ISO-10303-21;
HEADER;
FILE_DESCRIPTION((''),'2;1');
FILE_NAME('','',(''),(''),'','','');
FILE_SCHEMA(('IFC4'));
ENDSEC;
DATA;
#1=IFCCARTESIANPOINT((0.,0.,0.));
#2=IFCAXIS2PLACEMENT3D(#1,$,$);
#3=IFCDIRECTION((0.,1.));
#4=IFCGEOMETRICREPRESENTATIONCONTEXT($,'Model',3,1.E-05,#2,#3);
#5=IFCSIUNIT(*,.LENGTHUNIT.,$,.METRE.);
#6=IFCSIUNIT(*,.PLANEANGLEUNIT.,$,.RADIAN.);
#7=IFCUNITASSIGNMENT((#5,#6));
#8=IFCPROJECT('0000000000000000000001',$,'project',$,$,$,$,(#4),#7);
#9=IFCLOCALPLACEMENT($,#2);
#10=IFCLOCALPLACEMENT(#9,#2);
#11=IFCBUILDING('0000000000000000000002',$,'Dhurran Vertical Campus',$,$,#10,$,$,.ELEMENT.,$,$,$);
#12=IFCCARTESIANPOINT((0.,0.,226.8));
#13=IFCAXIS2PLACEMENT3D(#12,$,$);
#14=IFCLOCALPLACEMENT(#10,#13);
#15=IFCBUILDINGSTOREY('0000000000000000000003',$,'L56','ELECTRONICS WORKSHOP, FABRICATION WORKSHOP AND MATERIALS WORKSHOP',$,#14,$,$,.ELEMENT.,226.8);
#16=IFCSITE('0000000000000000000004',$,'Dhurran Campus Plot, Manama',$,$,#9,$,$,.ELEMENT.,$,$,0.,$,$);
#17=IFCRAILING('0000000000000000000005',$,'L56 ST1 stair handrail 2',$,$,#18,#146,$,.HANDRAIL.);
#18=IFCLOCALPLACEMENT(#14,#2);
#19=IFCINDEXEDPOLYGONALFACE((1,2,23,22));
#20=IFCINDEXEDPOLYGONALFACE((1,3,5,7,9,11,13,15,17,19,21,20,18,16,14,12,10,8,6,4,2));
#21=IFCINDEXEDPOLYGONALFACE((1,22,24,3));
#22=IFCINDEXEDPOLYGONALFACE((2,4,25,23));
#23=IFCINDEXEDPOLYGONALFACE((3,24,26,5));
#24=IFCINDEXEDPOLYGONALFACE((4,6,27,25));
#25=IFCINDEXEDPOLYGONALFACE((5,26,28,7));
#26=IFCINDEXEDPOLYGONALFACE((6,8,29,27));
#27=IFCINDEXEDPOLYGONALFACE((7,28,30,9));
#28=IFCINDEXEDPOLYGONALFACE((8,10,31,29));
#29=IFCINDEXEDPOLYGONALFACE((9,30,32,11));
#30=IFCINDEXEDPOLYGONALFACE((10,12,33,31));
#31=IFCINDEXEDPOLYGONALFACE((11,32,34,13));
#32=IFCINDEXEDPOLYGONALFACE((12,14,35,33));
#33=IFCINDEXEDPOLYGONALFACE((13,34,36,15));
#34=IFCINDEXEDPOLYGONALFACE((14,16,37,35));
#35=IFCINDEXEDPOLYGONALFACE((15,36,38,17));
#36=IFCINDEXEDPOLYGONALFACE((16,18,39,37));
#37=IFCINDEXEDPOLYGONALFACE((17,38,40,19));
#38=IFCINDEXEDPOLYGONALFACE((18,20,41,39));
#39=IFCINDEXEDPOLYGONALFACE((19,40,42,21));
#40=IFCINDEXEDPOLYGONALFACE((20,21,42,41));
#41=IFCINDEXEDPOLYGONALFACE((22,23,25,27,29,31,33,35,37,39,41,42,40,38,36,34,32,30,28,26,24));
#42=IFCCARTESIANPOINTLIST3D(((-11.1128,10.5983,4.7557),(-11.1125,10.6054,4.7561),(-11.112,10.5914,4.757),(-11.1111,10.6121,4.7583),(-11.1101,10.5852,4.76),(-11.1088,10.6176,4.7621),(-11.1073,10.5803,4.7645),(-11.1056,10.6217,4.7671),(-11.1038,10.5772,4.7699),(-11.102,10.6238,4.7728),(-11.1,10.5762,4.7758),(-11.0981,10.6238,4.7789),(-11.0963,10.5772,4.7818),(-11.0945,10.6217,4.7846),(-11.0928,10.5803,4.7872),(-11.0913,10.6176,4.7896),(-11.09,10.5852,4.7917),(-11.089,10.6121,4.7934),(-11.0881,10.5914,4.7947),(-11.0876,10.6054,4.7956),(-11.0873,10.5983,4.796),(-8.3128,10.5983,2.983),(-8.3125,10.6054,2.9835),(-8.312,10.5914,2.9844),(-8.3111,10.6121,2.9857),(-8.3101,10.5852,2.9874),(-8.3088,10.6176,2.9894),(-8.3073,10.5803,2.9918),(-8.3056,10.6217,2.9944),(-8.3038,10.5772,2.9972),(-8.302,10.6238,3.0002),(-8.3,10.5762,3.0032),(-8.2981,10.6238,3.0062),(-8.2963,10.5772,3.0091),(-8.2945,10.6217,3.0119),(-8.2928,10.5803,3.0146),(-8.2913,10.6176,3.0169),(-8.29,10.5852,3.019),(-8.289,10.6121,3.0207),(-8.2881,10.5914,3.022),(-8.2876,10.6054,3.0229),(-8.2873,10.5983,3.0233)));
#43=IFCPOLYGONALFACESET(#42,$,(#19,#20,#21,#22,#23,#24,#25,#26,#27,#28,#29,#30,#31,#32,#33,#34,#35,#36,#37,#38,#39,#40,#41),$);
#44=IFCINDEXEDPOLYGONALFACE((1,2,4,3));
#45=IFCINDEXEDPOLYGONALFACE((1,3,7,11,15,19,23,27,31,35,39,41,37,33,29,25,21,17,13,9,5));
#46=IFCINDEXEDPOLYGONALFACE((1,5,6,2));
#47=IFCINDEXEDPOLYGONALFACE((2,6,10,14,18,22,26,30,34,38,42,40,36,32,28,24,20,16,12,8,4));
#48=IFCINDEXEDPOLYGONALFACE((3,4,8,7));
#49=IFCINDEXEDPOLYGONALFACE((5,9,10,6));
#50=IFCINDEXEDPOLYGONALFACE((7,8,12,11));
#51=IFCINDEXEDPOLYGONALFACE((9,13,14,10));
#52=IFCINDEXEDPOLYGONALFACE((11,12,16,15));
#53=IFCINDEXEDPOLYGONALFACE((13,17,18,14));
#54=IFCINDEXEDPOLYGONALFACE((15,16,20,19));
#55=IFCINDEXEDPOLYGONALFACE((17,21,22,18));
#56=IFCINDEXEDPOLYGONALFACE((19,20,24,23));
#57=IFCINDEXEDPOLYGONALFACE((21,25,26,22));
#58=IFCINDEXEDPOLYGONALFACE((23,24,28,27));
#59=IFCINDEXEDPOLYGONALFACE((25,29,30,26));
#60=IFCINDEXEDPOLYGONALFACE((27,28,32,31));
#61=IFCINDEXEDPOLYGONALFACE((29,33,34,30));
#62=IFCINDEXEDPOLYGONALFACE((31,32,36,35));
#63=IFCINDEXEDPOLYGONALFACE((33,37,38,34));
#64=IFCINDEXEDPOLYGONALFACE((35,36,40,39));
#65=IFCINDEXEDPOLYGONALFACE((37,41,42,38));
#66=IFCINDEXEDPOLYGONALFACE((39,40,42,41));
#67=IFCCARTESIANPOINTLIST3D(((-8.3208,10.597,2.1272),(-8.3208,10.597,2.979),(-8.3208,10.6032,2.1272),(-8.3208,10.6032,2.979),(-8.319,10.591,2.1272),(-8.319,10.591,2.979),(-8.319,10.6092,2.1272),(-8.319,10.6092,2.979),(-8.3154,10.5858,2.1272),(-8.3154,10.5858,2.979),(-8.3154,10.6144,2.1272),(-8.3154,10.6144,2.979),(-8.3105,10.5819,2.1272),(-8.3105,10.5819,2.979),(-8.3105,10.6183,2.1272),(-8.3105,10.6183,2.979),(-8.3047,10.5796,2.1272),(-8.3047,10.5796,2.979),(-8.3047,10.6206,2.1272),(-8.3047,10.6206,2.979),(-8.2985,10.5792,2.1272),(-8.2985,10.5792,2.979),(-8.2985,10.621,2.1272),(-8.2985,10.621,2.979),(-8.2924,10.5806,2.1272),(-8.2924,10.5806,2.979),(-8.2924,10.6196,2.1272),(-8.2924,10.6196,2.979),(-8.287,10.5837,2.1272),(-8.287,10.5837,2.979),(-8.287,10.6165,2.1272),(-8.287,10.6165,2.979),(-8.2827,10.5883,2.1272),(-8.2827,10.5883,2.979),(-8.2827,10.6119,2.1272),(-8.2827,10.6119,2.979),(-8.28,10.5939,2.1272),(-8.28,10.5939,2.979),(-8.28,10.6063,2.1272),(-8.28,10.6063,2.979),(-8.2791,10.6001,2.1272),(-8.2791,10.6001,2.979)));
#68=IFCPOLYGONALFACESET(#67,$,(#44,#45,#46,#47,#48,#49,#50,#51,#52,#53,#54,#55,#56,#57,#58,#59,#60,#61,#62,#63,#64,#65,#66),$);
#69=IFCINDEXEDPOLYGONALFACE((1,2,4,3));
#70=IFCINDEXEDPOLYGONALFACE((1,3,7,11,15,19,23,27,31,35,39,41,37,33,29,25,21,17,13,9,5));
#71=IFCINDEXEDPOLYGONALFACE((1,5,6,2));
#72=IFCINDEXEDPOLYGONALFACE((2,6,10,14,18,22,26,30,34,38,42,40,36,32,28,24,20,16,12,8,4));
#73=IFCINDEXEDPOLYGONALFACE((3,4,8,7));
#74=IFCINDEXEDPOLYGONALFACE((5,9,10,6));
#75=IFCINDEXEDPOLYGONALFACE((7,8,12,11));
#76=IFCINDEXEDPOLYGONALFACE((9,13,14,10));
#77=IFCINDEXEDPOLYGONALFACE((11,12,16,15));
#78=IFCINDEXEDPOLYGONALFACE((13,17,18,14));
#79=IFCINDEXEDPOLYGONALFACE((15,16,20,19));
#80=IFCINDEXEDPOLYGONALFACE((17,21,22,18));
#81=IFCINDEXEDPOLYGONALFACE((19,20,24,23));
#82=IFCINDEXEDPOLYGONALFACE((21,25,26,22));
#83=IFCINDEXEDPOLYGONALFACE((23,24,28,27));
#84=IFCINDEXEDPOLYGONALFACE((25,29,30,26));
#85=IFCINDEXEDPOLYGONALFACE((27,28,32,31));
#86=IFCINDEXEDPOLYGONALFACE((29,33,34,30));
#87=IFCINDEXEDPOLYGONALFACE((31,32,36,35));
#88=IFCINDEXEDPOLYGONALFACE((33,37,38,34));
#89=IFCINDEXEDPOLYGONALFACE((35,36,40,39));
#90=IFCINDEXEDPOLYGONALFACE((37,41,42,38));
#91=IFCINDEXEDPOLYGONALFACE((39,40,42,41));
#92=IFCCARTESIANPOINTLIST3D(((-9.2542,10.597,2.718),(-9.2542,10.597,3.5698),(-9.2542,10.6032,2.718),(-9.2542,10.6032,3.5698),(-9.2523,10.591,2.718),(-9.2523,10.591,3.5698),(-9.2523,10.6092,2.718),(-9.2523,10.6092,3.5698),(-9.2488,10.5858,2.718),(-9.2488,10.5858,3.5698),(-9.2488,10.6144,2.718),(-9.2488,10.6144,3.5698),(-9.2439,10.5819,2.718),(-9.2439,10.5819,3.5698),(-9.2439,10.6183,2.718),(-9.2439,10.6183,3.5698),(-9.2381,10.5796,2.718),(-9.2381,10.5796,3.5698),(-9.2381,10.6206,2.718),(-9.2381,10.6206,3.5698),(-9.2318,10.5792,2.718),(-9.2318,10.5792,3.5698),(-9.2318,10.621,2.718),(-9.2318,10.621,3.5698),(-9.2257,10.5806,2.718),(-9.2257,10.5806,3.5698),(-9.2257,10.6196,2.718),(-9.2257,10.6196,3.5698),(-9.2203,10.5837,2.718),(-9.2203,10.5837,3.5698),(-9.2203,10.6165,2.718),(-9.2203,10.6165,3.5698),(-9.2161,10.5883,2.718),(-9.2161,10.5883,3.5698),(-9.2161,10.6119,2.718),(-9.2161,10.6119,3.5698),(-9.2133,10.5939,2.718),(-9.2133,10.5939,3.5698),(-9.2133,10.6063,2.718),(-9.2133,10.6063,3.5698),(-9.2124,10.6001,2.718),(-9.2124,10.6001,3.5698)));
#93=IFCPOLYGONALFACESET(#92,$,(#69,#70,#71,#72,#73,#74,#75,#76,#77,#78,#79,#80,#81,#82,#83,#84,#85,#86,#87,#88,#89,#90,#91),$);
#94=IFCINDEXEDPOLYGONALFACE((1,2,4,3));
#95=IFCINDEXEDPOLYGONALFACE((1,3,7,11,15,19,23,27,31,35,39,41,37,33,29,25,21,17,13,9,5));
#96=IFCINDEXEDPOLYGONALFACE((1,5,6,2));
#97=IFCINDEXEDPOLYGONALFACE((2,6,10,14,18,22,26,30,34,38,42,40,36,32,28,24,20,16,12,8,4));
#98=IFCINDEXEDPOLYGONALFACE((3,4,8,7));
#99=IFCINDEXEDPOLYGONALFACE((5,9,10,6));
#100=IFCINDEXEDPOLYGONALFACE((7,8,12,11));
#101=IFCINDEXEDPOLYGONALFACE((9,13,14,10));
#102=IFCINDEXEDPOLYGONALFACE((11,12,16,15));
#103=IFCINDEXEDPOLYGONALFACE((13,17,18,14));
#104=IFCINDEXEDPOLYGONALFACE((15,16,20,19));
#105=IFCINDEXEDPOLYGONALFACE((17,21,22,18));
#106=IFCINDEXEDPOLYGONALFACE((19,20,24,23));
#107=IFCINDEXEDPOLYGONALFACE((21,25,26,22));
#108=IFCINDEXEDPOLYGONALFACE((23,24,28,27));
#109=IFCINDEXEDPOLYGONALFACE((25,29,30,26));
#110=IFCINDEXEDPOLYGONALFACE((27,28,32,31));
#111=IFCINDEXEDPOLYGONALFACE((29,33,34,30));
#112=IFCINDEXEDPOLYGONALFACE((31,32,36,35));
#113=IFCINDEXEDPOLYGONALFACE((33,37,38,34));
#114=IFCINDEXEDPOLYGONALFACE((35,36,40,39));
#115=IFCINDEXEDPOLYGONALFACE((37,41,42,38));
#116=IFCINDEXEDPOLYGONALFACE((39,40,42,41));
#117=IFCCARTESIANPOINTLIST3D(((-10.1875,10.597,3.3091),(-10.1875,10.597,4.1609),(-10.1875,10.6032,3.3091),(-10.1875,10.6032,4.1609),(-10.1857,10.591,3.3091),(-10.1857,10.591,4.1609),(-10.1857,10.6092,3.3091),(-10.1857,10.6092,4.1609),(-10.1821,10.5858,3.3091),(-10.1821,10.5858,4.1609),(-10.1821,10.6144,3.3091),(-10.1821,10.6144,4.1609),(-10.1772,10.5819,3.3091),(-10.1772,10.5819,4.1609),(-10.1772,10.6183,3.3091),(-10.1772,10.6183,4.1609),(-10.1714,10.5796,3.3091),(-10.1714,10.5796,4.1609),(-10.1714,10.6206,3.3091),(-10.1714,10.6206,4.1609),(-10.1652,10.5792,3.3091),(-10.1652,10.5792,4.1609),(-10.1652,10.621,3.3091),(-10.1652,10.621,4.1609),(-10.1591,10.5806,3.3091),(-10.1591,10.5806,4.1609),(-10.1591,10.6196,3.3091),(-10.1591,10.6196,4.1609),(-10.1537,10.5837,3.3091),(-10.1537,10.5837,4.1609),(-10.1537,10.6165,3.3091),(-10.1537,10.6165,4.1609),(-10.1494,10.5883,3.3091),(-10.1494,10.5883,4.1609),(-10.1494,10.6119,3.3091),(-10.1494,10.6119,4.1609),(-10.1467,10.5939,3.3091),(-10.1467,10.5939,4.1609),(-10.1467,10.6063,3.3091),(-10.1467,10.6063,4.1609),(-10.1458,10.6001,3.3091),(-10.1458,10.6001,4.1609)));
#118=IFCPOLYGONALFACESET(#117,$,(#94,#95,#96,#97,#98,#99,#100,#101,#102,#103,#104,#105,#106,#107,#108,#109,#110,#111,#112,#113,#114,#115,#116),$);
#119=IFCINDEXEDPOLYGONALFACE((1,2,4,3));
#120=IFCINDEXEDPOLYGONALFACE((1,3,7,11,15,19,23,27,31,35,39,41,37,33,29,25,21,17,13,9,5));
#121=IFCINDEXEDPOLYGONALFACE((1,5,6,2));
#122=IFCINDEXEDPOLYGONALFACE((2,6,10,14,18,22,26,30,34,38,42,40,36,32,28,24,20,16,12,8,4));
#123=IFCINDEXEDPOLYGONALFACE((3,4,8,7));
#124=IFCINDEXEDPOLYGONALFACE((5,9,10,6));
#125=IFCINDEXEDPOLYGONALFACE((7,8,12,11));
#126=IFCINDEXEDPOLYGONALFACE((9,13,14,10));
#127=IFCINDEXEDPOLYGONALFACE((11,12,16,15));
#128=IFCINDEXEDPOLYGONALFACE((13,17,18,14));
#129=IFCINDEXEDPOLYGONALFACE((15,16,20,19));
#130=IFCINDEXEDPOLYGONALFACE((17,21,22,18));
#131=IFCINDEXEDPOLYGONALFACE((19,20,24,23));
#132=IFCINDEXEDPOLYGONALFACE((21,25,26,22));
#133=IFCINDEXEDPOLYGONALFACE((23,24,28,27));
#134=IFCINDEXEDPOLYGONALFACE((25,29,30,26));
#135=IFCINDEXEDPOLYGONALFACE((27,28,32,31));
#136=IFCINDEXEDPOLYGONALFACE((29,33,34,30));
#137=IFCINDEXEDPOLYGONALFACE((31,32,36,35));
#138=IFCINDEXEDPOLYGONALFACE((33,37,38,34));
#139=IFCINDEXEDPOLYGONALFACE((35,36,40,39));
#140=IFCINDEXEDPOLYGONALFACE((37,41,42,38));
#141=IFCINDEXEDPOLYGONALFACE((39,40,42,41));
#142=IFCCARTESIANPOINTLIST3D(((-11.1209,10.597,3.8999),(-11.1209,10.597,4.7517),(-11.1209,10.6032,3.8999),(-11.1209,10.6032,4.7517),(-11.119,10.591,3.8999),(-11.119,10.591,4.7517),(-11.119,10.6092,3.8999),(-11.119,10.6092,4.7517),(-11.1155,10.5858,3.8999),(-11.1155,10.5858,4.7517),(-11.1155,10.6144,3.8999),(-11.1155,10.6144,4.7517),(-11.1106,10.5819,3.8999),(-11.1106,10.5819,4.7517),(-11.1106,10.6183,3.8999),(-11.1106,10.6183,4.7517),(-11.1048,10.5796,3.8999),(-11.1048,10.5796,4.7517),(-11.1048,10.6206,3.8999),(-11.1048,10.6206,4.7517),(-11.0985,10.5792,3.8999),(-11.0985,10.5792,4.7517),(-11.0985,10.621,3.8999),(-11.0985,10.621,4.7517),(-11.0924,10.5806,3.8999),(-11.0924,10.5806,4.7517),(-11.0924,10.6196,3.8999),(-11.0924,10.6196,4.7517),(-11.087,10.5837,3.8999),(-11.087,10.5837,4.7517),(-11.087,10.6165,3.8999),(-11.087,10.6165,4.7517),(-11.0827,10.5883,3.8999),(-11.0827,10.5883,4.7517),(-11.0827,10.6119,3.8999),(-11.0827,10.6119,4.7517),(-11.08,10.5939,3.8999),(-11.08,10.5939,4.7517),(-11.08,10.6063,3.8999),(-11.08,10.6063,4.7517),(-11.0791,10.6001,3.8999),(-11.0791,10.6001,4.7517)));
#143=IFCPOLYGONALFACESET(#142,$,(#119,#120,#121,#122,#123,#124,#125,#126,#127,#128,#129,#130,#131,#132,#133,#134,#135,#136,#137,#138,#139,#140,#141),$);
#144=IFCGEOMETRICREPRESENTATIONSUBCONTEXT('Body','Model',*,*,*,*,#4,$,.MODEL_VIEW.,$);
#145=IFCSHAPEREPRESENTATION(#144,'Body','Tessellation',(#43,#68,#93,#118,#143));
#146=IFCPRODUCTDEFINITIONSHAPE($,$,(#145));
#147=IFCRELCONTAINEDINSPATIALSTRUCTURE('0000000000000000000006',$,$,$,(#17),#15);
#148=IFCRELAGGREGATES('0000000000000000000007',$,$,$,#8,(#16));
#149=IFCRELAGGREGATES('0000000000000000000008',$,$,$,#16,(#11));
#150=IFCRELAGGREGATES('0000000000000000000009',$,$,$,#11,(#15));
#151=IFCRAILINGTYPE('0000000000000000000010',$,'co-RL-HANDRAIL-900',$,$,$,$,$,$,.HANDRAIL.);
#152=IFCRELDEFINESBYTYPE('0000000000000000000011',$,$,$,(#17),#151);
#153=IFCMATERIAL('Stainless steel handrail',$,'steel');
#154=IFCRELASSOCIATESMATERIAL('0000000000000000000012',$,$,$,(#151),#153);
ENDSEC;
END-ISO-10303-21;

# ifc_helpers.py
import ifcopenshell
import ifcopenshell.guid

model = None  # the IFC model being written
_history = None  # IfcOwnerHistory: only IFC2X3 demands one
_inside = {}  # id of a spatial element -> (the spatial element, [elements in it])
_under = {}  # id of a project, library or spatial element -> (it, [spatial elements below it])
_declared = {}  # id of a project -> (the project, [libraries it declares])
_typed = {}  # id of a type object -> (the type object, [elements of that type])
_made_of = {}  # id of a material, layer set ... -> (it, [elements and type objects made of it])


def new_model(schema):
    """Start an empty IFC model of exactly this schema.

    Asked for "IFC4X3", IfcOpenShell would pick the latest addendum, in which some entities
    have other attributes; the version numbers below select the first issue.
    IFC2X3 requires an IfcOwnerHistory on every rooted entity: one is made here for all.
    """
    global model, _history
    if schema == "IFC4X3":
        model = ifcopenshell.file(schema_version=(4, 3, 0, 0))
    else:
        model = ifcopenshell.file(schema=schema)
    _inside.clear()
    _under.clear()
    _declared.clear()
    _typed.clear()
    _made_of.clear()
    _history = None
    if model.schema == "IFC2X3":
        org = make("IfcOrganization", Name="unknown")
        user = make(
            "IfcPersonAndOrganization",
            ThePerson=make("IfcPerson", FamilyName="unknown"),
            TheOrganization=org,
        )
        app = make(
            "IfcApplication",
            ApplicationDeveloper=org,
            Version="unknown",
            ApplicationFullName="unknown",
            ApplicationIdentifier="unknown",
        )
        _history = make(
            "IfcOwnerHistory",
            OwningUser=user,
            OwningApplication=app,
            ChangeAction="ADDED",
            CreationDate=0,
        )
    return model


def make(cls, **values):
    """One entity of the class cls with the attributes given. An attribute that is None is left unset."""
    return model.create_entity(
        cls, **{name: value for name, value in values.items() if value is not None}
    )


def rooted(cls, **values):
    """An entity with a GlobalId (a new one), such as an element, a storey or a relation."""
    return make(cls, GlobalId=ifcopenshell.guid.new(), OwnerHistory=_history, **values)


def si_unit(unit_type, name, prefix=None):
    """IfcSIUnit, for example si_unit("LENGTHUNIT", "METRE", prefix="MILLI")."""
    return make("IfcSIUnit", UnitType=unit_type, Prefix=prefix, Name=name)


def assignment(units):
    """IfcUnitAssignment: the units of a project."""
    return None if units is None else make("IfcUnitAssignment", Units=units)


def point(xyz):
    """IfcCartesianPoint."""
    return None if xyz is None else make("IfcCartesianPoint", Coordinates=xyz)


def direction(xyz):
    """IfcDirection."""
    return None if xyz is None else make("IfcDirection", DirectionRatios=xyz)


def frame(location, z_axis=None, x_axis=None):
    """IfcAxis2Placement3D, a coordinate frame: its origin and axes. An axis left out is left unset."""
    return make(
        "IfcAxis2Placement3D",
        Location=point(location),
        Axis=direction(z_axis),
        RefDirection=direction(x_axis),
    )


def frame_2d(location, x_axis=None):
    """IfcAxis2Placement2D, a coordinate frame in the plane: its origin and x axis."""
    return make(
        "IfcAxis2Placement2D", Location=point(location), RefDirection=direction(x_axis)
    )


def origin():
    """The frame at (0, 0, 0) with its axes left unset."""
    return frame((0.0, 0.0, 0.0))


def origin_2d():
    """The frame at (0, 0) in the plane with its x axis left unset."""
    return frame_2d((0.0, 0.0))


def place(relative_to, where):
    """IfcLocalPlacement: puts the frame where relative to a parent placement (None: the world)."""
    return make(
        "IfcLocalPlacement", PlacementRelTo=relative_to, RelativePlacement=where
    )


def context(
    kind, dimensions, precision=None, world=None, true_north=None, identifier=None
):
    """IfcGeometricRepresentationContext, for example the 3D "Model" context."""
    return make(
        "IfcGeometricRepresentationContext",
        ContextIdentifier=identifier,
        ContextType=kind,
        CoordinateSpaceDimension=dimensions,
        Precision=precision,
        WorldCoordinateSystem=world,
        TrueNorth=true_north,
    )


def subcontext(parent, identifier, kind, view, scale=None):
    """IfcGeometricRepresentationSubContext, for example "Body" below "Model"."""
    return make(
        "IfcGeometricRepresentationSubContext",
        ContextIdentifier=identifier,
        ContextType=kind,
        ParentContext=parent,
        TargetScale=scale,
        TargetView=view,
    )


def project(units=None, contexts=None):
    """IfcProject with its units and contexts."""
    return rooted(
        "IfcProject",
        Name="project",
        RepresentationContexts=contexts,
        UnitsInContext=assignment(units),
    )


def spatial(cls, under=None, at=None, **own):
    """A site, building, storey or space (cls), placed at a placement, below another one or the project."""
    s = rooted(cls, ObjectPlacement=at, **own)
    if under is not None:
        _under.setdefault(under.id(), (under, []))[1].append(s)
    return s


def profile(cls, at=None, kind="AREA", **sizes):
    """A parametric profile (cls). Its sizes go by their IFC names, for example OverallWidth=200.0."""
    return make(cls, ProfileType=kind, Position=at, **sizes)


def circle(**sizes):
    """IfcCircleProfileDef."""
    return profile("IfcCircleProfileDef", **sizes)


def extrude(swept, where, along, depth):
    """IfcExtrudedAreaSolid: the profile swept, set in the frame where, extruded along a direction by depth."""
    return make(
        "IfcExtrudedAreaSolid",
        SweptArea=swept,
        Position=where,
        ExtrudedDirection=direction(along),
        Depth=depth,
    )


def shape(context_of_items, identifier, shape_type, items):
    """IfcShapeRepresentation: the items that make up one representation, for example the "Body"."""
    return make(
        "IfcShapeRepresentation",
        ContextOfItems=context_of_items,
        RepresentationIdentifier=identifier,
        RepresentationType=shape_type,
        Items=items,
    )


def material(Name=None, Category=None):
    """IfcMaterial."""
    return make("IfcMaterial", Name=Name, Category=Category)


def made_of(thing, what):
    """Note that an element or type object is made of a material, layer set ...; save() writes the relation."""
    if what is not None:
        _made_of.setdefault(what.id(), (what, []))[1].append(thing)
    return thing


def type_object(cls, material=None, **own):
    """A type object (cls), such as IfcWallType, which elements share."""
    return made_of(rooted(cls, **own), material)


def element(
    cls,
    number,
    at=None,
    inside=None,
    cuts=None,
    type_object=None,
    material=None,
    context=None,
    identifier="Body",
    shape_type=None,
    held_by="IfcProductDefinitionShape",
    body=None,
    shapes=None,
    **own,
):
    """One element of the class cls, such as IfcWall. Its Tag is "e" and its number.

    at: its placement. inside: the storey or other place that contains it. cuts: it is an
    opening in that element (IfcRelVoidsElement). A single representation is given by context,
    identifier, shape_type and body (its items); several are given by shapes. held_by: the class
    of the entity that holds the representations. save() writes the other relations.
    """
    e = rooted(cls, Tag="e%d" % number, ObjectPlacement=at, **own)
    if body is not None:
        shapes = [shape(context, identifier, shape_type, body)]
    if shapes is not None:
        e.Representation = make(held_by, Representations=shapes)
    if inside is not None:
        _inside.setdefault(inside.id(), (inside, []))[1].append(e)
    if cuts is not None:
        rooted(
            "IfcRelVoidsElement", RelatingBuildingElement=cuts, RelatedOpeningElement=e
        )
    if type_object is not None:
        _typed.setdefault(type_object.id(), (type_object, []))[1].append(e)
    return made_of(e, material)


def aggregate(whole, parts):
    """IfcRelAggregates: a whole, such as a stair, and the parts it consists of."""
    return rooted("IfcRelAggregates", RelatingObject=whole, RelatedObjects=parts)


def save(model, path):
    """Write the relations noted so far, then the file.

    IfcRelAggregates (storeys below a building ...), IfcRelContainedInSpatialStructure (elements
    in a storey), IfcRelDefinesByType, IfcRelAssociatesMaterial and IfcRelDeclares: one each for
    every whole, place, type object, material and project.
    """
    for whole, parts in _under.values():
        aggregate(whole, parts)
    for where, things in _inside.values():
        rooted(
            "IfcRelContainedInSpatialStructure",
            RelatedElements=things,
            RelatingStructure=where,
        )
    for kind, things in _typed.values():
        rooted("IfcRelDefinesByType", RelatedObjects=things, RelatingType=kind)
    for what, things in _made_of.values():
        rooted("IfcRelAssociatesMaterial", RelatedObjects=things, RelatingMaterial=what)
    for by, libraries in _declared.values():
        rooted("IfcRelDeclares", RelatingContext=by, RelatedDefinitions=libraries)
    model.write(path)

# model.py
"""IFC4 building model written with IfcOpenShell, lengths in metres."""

from ifc_helpers import new_model, si_unit, direction, frame, origin, origin_2d, place, context, subcontext, project, spatial, circle, extrude, material, type_object, element, save


model = new_model("IFC4")

# Units and contexts
model_context = context("Model", 3, precision=1e-05, world=origin(), true_north=direction((0.0, 1.0)))
body_context = subcontext(model_context, "Body", "Model", "MODEL_VIEW")
ifc_project = project(units=[si_unit("LENGTHUNIT", "METRE"), si_unit("PLANEANGLEUNIT", "RADIAN")], contexts=[model_context])

# Site, building, storey
site_placement = place(None, origin())
site = spatial("IfcSite", under=ifc_project, at=site_placement, Name="Dhurran Campus Plot, Manama", CompositionType="ELEMENT", RefElevation=0.0)
building_placement = place(site_placement, origin())
building = spatial("IfcBuilding", under=site, at=building_placement, Name="Dhurran Vertical Campus", CompositionType="ELEMENT")
storey_placement = place(building_placement, frame((0.0, 0.0, 226.8)))
storey = spatial("IfcBuildingStorey", under=building, at=storey_placement, Name="L56", Description="ELECTRONICS WORKSHOP, FABRICATION WORKSHOP AND MATERIALS WORKSHOP", CompositionType="ELEMENT", Elevation=226.8)

# Railing
ifc_material_1 = material(Name="Stainless steel handrail", Category="steel")
railing_type_1 = type_object("IfcRailingType", Name="co-RL-HANDRAIL-900", PredefinedType="HANDRAIL", material=ifc_material_1)
railing_1_placement = place(storey_placement, frame((-8.3, 10.6001, 2.1272)))
element("IfcRailing", 1, at=railing_1_placement, inside=storey, type_object=railing_type_1, Name="L56 ST1 stair handrail 2", PredefinedType="HANDRAIL", context=body_context, shape_type="SweptSolid", body=[
    extrude(circle(Radius=0.0239, at=origin_2d()), frame((0.0, 0.0, 0.876), z_axis=(-0.844909, 0.0, 0.53491), x_axis=(0.0, -1.0, 0.0)), (0.0, 0.0, 1.0), 3.314),
    extrude(circle(Radius=0.021, at=origin_2d()), origin(), (0.0, 0.0, 1.0), 0.8518),
    extrude(circle(Radius=0.021, at=origin_2d()), frame((-0.9333, 0.0, 0.5908)), (0.0, 0.0, 1.0), 0.8518),
    extrude(circle(Radius=0.021, at=origin_2d()), frame((-1.8667, 0.0, 1.1819)), (0.0, 0.0, 1.0), 0.8518),
    extrude(circle(Radius=0.021, at=origin_2d()), frame((-2.8, 0.0, 1.7727)), (0.0, 0.0, 1.0), 0.8518),
])

save(model, "model.ifc")
